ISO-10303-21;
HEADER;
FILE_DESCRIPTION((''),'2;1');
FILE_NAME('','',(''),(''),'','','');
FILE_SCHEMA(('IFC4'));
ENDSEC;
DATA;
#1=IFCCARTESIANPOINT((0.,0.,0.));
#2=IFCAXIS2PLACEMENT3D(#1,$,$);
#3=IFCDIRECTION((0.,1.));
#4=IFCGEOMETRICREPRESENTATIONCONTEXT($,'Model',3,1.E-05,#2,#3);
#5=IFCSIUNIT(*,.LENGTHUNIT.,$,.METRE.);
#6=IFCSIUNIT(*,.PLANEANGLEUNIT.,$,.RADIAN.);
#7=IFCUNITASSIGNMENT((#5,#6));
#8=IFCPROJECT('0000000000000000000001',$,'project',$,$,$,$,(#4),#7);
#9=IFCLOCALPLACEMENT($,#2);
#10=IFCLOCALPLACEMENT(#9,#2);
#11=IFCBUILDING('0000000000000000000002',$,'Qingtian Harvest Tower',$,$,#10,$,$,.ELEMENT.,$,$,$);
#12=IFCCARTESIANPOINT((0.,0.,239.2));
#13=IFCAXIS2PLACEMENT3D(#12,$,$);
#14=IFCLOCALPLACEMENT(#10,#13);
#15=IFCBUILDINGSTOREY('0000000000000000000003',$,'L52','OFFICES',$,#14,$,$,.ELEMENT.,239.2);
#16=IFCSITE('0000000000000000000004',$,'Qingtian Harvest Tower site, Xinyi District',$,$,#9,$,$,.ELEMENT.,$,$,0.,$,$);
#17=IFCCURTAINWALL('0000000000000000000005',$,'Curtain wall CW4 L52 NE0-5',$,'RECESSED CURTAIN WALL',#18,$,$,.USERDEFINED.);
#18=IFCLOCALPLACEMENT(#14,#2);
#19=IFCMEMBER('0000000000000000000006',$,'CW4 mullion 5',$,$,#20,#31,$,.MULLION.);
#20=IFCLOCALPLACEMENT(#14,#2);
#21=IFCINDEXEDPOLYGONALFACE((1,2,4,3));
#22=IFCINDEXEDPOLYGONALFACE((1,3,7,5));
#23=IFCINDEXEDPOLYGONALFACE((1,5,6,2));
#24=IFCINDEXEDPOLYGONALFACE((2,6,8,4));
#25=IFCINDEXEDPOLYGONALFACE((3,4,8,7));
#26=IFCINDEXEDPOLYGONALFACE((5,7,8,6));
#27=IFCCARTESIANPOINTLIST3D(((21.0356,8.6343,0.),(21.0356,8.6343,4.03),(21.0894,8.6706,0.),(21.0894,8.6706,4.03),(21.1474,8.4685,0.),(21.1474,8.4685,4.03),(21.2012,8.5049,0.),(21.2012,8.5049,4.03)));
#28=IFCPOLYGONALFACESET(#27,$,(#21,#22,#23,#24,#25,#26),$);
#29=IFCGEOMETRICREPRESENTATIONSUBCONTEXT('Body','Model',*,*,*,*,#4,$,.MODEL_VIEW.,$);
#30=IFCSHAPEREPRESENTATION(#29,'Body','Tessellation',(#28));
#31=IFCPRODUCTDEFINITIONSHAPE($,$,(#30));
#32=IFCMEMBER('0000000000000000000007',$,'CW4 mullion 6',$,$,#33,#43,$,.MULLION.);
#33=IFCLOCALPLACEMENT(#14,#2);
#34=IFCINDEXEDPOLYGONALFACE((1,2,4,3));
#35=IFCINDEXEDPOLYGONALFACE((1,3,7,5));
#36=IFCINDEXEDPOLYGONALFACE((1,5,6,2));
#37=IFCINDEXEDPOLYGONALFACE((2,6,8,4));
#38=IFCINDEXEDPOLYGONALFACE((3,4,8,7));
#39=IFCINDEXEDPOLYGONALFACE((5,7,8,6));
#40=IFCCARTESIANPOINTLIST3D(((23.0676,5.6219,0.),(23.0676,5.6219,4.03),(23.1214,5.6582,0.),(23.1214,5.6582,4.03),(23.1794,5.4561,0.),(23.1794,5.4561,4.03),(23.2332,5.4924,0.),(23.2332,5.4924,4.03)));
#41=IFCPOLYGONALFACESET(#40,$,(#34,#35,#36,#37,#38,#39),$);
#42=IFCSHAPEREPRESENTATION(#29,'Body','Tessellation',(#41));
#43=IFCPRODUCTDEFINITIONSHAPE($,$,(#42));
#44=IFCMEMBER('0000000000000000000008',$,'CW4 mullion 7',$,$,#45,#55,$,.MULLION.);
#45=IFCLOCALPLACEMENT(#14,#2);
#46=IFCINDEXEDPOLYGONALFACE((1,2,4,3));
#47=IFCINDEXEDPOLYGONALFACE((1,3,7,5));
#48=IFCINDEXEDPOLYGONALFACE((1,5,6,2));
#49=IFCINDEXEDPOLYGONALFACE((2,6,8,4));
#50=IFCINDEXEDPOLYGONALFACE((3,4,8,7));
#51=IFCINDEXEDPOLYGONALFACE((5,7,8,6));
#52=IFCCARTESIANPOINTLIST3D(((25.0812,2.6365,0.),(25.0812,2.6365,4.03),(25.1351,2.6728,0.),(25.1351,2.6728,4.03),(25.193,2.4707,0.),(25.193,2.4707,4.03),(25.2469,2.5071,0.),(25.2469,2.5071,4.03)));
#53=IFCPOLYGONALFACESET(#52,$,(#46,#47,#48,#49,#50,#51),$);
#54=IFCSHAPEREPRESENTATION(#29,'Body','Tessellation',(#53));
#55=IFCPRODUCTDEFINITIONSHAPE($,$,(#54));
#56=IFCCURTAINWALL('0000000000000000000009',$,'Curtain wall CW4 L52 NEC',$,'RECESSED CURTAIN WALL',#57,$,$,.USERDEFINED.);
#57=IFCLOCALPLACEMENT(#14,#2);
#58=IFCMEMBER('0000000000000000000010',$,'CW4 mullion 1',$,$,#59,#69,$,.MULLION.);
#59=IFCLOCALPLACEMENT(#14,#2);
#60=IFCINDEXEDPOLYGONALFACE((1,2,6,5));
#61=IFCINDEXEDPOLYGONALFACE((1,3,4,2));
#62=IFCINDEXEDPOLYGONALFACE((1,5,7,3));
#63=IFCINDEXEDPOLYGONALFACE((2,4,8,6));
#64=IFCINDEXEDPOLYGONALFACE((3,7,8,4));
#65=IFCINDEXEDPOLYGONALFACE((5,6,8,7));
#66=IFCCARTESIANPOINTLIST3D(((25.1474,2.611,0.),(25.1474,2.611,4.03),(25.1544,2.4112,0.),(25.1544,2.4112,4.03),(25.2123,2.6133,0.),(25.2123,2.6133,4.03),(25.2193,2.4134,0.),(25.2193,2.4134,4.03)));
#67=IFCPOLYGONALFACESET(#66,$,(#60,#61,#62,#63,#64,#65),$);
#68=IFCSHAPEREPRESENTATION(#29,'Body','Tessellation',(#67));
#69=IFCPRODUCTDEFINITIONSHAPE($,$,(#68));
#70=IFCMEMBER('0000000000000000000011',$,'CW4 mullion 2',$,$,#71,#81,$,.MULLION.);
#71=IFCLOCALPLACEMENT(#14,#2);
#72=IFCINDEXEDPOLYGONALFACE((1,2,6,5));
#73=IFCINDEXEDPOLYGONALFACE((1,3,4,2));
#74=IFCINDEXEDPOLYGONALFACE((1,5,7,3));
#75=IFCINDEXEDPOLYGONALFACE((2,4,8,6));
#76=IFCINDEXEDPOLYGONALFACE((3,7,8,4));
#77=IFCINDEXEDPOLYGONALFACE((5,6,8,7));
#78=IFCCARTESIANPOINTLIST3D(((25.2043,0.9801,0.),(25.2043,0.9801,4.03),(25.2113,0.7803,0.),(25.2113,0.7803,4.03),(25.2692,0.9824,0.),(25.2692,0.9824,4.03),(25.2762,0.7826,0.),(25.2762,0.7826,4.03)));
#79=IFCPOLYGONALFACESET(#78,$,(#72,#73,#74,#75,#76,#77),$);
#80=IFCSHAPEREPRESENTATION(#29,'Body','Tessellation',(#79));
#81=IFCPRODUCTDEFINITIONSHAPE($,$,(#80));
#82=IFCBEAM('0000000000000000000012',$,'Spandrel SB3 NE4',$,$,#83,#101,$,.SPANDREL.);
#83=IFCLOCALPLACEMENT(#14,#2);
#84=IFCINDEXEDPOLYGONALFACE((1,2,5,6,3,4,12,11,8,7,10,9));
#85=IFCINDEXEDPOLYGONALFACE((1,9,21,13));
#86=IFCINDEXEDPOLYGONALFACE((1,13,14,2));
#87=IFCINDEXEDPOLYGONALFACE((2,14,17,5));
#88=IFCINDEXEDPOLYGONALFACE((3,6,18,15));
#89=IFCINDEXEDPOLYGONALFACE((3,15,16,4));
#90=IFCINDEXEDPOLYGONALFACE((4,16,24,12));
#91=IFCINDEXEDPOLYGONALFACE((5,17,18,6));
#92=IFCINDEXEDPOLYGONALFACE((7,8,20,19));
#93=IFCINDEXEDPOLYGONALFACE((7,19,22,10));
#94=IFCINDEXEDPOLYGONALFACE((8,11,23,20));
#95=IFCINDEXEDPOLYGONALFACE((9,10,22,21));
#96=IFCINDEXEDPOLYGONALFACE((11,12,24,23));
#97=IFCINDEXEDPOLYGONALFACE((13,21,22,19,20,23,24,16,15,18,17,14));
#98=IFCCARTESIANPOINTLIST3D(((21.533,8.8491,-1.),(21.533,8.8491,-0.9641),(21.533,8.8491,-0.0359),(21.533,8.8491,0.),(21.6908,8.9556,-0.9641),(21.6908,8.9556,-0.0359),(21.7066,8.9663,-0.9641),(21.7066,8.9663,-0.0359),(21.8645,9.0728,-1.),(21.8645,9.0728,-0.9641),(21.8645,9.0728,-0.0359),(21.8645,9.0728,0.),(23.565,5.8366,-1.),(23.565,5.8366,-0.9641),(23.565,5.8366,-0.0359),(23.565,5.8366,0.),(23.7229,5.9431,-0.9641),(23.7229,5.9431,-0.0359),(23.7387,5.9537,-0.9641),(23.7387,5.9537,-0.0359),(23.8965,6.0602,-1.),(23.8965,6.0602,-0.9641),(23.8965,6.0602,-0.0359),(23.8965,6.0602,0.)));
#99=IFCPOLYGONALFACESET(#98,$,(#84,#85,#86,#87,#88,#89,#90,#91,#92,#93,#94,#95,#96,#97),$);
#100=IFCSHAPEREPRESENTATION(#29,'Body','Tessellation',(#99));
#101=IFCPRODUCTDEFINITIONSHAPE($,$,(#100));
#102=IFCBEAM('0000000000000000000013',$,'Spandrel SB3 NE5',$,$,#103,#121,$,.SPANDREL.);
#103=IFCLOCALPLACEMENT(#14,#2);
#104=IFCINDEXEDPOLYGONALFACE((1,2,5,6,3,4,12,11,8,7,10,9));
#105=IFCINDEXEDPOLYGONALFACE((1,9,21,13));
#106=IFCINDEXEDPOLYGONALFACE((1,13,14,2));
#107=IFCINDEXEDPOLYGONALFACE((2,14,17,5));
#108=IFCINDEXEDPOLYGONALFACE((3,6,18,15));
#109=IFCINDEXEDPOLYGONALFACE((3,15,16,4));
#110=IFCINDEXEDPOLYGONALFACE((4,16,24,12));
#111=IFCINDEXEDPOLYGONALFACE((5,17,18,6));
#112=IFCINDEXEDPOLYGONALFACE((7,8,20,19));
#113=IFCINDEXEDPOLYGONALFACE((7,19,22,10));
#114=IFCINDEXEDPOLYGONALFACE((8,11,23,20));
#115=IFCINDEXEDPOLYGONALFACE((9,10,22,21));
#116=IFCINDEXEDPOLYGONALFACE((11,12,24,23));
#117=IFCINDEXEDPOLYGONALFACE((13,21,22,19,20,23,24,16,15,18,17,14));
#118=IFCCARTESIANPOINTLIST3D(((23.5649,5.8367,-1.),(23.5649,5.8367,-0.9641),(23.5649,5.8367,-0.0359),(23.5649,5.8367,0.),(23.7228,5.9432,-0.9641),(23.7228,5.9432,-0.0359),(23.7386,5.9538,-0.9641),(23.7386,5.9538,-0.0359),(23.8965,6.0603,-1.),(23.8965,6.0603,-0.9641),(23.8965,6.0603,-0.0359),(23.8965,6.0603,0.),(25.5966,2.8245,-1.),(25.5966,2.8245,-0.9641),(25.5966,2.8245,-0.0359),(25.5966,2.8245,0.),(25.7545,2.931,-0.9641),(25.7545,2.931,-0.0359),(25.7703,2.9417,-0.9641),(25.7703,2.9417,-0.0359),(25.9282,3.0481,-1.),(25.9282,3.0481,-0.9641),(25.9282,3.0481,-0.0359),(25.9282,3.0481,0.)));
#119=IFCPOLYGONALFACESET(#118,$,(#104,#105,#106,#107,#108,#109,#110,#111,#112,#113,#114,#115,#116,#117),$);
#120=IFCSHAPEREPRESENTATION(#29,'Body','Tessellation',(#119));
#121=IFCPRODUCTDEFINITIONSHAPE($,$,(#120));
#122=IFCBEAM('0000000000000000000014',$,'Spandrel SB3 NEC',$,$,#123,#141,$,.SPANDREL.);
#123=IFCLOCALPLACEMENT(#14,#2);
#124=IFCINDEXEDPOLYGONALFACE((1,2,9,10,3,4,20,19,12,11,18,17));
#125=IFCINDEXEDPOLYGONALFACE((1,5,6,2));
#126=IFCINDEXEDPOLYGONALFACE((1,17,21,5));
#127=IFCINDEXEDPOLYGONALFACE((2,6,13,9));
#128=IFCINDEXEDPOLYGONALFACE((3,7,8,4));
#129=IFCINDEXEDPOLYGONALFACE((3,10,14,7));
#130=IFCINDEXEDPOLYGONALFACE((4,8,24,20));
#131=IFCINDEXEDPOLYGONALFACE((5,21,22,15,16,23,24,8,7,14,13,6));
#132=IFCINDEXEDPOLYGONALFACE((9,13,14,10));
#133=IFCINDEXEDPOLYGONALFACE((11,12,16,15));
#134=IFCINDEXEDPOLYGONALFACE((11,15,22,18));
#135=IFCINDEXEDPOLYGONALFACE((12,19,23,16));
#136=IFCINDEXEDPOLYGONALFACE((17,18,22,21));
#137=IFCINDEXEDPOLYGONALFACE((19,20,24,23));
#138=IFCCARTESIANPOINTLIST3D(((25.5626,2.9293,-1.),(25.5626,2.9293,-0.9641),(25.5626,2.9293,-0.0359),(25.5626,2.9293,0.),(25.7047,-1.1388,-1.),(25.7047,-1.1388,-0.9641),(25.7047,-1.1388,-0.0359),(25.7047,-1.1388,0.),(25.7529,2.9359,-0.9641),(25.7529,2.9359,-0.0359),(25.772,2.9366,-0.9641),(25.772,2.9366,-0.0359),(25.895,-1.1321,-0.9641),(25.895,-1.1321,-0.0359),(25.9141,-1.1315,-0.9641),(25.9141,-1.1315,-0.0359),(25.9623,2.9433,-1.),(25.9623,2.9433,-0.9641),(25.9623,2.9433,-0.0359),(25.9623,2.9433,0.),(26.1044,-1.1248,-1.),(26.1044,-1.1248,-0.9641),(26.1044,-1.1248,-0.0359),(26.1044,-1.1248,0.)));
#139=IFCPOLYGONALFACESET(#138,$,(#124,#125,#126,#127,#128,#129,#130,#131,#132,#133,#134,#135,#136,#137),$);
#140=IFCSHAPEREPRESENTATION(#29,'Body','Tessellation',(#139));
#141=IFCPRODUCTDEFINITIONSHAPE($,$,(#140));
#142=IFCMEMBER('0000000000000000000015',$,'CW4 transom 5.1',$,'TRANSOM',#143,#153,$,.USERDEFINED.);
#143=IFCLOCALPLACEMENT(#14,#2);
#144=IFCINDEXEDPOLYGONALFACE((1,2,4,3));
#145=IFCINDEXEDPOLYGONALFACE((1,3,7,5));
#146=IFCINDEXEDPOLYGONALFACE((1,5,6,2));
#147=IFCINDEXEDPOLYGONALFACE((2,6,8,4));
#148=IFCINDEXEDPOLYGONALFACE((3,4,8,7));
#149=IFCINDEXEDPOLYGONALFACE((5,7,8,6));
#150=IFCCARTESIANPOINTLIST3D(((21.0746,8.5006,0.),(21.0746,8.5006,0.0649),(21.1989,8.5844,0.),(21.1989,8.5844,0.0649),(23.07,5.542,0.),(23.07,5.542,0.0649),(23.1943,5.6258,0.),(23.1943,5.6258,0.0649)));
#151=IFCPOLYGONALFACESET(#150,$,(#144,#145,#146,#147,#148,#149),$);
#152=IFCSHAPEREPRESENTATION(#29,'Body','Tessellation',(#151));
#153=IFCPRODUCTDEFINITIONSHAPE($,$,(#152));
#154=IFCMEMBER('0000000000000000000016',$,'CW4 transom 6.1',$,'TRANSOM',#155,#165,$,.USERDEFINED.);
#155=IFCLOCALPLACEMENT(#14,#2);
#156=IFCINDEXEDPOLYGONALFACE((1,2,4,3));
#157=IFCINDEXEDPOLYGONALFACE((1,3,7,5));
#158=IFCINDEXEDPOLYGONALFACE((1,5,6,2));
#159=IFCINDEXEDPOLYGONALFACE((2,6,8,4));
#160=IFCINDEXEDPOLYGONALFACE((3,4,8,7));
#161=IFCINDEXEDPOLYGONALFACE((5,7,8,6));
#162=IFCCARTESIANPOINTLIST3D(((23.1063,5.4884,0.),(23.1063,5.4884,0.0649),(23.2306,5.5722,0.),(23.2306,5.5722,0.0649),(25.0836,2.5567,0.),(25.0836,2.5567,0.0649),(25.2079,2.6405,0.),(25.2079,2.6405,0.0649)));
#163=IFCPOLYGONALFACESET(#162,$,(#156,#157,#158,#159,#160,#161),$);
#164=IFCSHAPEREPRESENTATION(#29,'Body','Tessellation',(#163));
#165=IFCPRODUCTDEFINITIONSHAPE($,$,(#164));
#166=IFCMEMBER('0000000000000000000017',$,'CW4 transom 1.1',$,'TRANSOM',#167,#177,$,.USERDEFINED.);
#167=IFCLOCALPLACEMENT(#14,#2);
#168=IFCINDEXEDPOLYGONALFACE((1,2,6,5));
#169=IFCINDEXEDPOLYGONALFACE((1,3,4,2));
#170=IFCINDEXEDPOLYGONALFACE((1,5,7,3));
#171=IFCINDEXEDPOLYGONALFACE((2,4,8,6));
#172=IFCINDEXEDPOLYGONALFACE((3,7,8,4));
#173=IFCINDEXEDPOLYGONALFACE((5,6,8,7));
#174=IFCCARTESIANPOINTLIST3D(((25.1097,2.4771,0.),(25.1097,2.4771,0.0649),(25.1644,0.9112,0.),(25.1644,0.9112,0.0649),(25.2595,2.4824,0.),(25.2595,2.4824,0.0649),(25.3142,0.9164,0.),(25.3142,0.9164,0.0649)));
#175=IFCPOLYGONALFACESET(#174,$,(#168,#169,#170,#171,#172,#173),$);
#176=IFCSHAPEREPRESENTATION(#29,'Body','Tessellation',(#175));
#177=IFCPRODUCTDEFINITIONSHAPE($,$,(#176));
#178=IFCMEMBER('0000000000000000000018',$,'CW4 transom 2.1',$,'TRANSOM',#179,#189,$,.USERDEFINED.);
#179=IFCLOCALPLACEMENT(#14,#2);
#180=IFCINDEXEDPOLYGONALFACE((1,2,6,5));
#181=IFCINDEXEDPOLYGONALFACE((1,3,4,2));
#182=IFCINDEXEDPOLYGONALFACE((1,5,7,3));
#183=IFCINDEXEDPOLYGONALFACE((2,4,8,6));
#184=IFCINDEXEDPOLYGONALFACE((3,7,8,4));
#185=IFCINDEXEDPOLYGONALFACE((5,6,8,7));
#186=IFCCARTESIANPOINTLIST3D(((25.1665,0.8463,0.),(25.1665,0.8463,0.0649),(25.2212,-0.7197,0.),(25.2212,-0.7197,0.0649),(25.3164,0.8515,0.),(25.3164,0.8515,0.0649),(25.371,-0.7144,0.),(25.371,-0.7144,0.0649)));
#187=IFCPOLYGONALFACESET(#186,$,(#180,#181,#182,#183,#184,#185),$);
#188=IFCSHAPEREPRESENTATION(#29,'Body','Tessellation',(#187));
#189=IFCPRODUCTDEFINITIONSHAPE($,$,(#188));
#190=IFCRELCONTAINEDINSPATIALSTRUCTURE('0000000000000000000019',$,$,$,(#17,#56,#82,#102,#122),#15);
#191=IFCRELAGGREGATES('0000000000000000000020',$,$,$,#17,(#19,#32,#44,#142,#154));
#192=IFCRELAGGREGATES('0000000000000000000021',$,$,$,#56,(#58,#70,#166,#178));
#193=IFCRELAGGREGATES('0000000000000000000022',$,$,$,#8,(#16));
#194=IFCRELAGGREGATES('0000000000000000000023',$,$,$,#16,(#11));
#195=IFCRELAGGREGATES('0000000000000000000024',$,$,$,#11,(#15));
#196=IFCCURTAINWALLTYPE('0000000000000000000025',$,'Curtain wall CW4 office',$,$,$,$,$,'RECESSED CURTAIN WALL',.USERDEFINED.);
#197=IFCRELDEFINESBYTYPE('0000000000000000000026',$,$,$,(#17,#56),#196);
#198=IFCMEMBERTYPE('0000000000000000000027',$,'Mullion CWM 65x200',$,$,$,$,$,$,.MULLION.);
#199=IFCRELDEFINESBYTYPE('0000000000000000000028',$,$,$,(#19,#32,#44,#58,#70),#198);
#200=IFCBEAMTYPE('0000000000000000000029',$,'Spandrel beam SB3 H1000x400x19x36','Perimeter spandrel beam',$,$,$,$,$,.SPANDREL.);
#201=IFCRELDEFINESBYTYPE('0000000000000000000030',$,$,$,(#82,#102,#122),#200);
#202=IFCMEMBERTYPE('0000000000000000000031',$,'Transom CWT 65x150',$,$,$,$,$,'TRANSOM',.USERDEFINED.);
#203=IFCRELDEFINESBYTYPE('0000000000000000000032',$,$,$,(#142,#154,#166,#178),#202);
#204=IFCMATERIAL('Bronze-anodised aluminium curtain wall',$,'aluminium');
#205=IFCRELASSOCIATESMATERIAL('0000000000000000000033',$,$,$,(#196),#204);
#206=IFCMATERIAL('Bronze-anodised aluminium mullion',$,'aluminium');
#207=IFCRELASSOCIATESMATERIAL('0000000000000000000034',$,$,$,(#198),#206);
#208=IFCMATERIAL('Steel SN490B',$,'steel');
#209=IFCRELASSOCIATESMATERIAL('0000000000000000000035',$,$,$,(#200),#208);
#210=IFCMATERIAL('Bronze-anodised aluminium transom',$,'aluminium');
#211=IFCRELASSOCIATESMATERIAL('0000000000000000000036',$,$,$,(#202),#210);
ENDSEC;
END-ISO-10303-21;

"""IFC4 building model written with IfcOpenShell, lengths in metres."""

from ifc_helpers import new_model, si_unit, direction, frame, origin, origin_2d, place, context, subcontext, project, spatial, rectangle, i_section, extrude, material, material_profile, profile_set, type_object, element, aggregate, save


model = new_model("IFC4")

# Units and contexts
model_context = context("Model", 3, precision=1e-05, world=origin(), true_north=direction((0.0, 1.0)))
body_context = subcontext(model_context, "Body", "Model", "MODEL_VIEW")
ifc_project = project(units=[si_unit("LENGTHUNIT", "METRE"), si_unit("PLANEANGLEUNIT", "RADIAN")], contexts=[model_context])

# Site, building, storey
site_placement = place(None, origin())
site = spatial("IfcSite", under=ifc_project, at=site_placement, Name="Qingtian Harvest Tower site, Xinyi District", CompositionType="ELEMENT", RefElevation=0.0)
building_placement = place(site_placement, origin())
building = spatial("IfcBuilding", under=site, at=building_placement, Name="Qingtian Harvest Tower", CompositionType="ELEMENT")
storey_placement = place(building_placement, frame((0.0, 0.0, 239.2)))
storey = spatial("IfcBuildingStorey", under=building, at=storey_placement, Name="L52", Description="OFFICES", CompositionType="ELEMENT", Elevation=239.2)

# Curtain walls, members
ifc_material_1 = material(Name="Bronze-anodised aluminium curtain wall", Category="aluminium")
curtain_wall_type = type_object("IfcCurtainWallType", Name="Curtain wall CW4 office", ElementType="RECESSED CURTAIN WALL", PredefinedType="USERDEFINED", material=ifc_material_1)
curtain_wall_1_placement = place(storey_placement, origin())
curtain_wall_1 = element("IfcCurtainWall", 1, at=curtain_wall_1_placement, inside=storey, type_object=curtain_wall_type, Name="Curtain wall CW4 L52 NE0-5", ObjectType="RECESSED CURTAIN WALL", PredefinedType="USERDEFINED")
ifc_material_2 = material(Name="Bronze-anodised aluminium mullion", Category="aluminium")
ifc_material_profile_1 = material_profile(ifc_material_2, rectangle(XDim=0.0649, YDim=0.2, at=origin_2d()), Name="AL 65x200")
ifc_profile_set_1 = profile_set([ifc_material_profile_1], Name="Bronze-anodised aluminium mullion")
member_type_1 = type_object("IfcMemberType", Name="Mullion CWM 65x200", PredefinedType="MULLION", material=ifc_profile_set_1)
member_1_placement = place(storey_placement, frame((21.1184, 8.5696, 0.0), z_axis=(0.0, 0.0, 1.0), x_axis=(0.829038, 0.559193, 0.0)))
member_1 = element("IfcMember", 2, at=member_1_placement, type_object=member_type_1, Name="CW4 mullion 5", PredefinedType="MULLION", context=body_context, shape_type="SweptSolid", body=[
    extrude(rectangle(XDim=0.0649, YDim=0.2, at=origin_2d()), origin(), (0.0, 0.0, 1.0), 4.03),
])
member_2_placement = place(storey_placement, frame((23.1504, 5.5571, 0.0), z_axis=(0.0, 0.0, 1.0), x_axis=(0.829038, 0.559193, 0.0)))
member_2 = element("IfcMember", 3, at=member_2_placement, type_object=member_type_1, Name="CW4 mullion 6", PredefinedType="MULLION", context=body_context, shape_type="SweptSolid", body=[
    extrude(rectangle(XDim=0.0649, YDim=0.2, at=origin_2d()), origin(), (0.0, 0.0, 1.0), 4.03),
])
member_3_placement = place(storey_placement, frame((25.1641, 2.5718, 0.0), z_axis=(0.0, 0.0, 1.0), x_axis=(0.829038, 0.559193, 0.0)))
member_3 = element("IfcMember", 4, at=member_3_placement, type_object=member_type_1, Name="CW4 mullion 7", PredefinedType="MULLION", context=body_context, shape_type="SweptSolid", body=[
    extrude(rectangle(XDim=0.0649, YDim=0.2, at=origin_2d()), origin(), (0.0, 0.0, 1.0), 4.03),
])
curtain_wall_2_placement = place(storey_placement, origin())
curtain_wall_2 = element("IfcCurtainWall", 5, at=curtain_wall_2_placement, inside=storey, type_object=curtain_wall_type, Name="Curtain wall CW4 L52 NEC", ObjectType="RECESSED CURTAIN WALL", PredefinedType="USERDEFINED")
member_4_placement = place(storey_placement, frame((25.1833, 2.5122, 0.0), z_axis=(0.0, 0.0, 1.0), x_axis=(0.999391, 0.034899, 0.0)))
member_4 = element("IfcMember", 6, at=member_4_placement, type_object=member_type_1, Name="CW4 mullion 1", PredefinedType="MULLION", context=body_context, shape_type="SweptSolid", body=[
    extrude(rectangle(XDim=0.0649, YDim=0.2, at=origin_2d()), origin(), (0.0, 0.0, 1.0), 4.03),
])
member_5_placement = place(storey_placement, frame((25.2402, 0.8813, 0.0), z_axis=(0.0, 0.0, 1.0), x_axis=(0.999391, 0.034899, 0.0)))
member_5 = element("IfcMember", 7, at=member_5_placement, type_object=member_type_1, Name="CW4 mullion 2", PredefinedType="MULLION", context=body_context, shape_type="SweptSolid", body=[
    extrude(rectangle(XDim=0.0649, YDim=0.2, at=origin_2d()), origin(), (0.0, 0.0, 1.0), 4.03),
])

# Beams
ifc_material_3 = material(Name="Steel SN490B", Category="steel")
ifc_material_profile_2 = material_profile(ifc_material_3, i_section(OverallWidth=0.3999, OverallDepth=1.0, WebThickness=0.019, FlangeThickness=0.0359, at=origin_2d()), Name="H1000x400x19x36")
ifc_profile_set_2 = profile_set([ifc_material_profile_2], Name="Steel SN490B")
beam_type_1 = type_object("IfcBeamType", Name="Spandrel beam SB3 H1000x400x19x36", Description="Perimeter spandrel beam", PredefinedType="SPANDREL", material=ifc_profile_set_2)
beam_1_placement = place(storey_placement, frame((21.6987, 8.9609, -0.5), z_axis=(0.559204, -0.82903, 0.0), x_axis=(0.82903, 0.559204, 0.0)))
element("IfcBeam", 8, at=beam_1_placement, inside=storey, type_object=beam_type_1, Name="Spandrel SB3 NE4", PredefinedType="SPANDREL", context=body_context, shape_type="SweptSolid", body=[
    extrude(i_section(OverallWidth=0.3999, OverallDepth=1.0, WebThickness=0.019, FlangeThickness=0.0359, at=origin_2d()), origin(), (0.0, 0.0, 1.0), 3.6338),
])
beam_2_placement = place(storey_placement, frame((23.7307, 5.9485, -0.5), z_axis=(0.559189, -0.82904, 0.0), x_axis=(0.82904, 0.559189, 0.0)))
element("IfcBeam", 9, at=beam_2_placement, inside=storey, type_object=beam_type_1, Name="Spandrel SB3 NE5", PredefinedType="SPANDREL", context=body_context, shape_type="SweptSolid", body=[
    extrude(i_section(OverallWidth=0.3999, OverallDepth=1.0, WebThickness=0.019, FlangeThickness=0.0359, at=origin_2d()), origin(), (0.0, 0.0, 1.0), 3.6333),
])
beam_3_placement = place(storey_placement, frame((25.7625, 2.9363, -0.5), z_axis=(0.034906, -0.999391, 0.0), x_axis=(0.999391, 0.034906, 0.0)))
element("IfcBeam", 10, at=beam_3_placement, inside=storey, type_object=beam_type_1, Name="Spandrel SB3 NEC", PredefinedType="SPANDREL", context=body_context, shape_type="SweptSolid", body=[
    extrude(i_section(OverallWidth=0.3999, OverallDepth=1.0, WebThickness=0.019, FlangeThickness=0.0359, at=origin_2d()), origin(), (0.0, 0.0, 1.0), 4.0706),
])

# Members
ifc_material_4 = material(Name="Bronze-anodised aluminium transom", Category="aluminium")
ifc_material_profile_3 = material_profile(ifc_material_4, rectangle(XDim=0.1499, YDim=0.0649, at=origin_2d()), Name="AL 65x150")
ifc_profile_set_3 = profile_set([ifc_material_profile_3], Name="Bronze-anodised aluminium transom")
member_type_2 = type_object("IfcMemberType", Name="Transom CWT 65x150", ElementType="TRANSOM", PredefinedType="USERDEFINED", material=ifc_profile_set_3)
member_6_placement = place(storey_placement, frame((21.1367, 8.5425, 0.0325), z_axis=(0.55916, -0.82906, 0.0), x_axis=(0.82906, 0.55916, 0.0)))
member_6 = element("IfcMember", 11, at=member_6_placement, type_object=member_type_2, Name="CW4 transom 5.1", ObjectType="TRANSOM", PredefinedType="USERDEFINED", context=body_context, shape_type="SweptSolid", body=[
    extrude(rectangle(XDim=0.1499, YDim=0.0649, at=origin_2d()), origin(), (0.0, 0.0, 1.0), 3.5686),
])
member_7_placement = place(storey_placement, frame((23.1685, 5.5303, 0.0325), z_axis=(0.559169, -0.829054, 0.0), x_axis=(0.829054, 0.559169, 0.0)))
member_7 = element("IfcMember", 12, at=member_7_placement, type_object=member_type_2, Name="CW4 transom 6.1", ObjectType="TRANSOM", PredefinedType="USERDEFINED", context=body_context, shape_type="SweptSolid", body=[
    extrude(rectangle(XDim=0.1499, YDim=0.0649, at=origin_2d()), origin(), (0.0, 0.0, 1.0), 3.5361),
])
member_8_placement = place(storey_placement, frame((25.1846, 2.4797, 0.0325), z_axis=(0.034902, -0.999391, 0.0), x_axis=(0.999391, 0.034902, 0.0)))
member_8 = element("IfcMember", 13, at=member_8_placement, type_object=member_type_2, Name="CW4 transom 1.1", ObjectType="TRANSOM", PredefinedType="USERDEFINED", context=body_context, shape_type="SweptSolid", body=[
    extrude(rectangle(XDim=0.1499, YDim=0.0649, at=origin_2d()), origin(), (0.0, 0.0, 1.0), 1.5669),
])
member_9_placement = place(storey_placement, frame((25.2415, 0.8489, 0.0325), z_axis=(0.034902, -0.999391, 0.0), x_axis=(0.999391, 0.034902, 0.0)))
member_9 = element("IfcMember", 14, at=member_9_placement, type_object=member_type_2, Name="CW4 transom 2.1", ObjectType="TRANSOM", PredefinedType="USERDEFINED", context=body_context, shape_type="SweptSolid", body=[
    extrude(rectangle(XDim=0.1499, YDim=0.0649, at=origin_2d()), origin(), (0.0, 0.0, 1.0), 1.5669),
])

aggregate(curtain_wall_1, [member_1, member_2, member_3, member_6, member_7])
aggregate(curtain_wall_2, [member_4, member_5, member_8, member_9])

save(model, "model.ifc")
